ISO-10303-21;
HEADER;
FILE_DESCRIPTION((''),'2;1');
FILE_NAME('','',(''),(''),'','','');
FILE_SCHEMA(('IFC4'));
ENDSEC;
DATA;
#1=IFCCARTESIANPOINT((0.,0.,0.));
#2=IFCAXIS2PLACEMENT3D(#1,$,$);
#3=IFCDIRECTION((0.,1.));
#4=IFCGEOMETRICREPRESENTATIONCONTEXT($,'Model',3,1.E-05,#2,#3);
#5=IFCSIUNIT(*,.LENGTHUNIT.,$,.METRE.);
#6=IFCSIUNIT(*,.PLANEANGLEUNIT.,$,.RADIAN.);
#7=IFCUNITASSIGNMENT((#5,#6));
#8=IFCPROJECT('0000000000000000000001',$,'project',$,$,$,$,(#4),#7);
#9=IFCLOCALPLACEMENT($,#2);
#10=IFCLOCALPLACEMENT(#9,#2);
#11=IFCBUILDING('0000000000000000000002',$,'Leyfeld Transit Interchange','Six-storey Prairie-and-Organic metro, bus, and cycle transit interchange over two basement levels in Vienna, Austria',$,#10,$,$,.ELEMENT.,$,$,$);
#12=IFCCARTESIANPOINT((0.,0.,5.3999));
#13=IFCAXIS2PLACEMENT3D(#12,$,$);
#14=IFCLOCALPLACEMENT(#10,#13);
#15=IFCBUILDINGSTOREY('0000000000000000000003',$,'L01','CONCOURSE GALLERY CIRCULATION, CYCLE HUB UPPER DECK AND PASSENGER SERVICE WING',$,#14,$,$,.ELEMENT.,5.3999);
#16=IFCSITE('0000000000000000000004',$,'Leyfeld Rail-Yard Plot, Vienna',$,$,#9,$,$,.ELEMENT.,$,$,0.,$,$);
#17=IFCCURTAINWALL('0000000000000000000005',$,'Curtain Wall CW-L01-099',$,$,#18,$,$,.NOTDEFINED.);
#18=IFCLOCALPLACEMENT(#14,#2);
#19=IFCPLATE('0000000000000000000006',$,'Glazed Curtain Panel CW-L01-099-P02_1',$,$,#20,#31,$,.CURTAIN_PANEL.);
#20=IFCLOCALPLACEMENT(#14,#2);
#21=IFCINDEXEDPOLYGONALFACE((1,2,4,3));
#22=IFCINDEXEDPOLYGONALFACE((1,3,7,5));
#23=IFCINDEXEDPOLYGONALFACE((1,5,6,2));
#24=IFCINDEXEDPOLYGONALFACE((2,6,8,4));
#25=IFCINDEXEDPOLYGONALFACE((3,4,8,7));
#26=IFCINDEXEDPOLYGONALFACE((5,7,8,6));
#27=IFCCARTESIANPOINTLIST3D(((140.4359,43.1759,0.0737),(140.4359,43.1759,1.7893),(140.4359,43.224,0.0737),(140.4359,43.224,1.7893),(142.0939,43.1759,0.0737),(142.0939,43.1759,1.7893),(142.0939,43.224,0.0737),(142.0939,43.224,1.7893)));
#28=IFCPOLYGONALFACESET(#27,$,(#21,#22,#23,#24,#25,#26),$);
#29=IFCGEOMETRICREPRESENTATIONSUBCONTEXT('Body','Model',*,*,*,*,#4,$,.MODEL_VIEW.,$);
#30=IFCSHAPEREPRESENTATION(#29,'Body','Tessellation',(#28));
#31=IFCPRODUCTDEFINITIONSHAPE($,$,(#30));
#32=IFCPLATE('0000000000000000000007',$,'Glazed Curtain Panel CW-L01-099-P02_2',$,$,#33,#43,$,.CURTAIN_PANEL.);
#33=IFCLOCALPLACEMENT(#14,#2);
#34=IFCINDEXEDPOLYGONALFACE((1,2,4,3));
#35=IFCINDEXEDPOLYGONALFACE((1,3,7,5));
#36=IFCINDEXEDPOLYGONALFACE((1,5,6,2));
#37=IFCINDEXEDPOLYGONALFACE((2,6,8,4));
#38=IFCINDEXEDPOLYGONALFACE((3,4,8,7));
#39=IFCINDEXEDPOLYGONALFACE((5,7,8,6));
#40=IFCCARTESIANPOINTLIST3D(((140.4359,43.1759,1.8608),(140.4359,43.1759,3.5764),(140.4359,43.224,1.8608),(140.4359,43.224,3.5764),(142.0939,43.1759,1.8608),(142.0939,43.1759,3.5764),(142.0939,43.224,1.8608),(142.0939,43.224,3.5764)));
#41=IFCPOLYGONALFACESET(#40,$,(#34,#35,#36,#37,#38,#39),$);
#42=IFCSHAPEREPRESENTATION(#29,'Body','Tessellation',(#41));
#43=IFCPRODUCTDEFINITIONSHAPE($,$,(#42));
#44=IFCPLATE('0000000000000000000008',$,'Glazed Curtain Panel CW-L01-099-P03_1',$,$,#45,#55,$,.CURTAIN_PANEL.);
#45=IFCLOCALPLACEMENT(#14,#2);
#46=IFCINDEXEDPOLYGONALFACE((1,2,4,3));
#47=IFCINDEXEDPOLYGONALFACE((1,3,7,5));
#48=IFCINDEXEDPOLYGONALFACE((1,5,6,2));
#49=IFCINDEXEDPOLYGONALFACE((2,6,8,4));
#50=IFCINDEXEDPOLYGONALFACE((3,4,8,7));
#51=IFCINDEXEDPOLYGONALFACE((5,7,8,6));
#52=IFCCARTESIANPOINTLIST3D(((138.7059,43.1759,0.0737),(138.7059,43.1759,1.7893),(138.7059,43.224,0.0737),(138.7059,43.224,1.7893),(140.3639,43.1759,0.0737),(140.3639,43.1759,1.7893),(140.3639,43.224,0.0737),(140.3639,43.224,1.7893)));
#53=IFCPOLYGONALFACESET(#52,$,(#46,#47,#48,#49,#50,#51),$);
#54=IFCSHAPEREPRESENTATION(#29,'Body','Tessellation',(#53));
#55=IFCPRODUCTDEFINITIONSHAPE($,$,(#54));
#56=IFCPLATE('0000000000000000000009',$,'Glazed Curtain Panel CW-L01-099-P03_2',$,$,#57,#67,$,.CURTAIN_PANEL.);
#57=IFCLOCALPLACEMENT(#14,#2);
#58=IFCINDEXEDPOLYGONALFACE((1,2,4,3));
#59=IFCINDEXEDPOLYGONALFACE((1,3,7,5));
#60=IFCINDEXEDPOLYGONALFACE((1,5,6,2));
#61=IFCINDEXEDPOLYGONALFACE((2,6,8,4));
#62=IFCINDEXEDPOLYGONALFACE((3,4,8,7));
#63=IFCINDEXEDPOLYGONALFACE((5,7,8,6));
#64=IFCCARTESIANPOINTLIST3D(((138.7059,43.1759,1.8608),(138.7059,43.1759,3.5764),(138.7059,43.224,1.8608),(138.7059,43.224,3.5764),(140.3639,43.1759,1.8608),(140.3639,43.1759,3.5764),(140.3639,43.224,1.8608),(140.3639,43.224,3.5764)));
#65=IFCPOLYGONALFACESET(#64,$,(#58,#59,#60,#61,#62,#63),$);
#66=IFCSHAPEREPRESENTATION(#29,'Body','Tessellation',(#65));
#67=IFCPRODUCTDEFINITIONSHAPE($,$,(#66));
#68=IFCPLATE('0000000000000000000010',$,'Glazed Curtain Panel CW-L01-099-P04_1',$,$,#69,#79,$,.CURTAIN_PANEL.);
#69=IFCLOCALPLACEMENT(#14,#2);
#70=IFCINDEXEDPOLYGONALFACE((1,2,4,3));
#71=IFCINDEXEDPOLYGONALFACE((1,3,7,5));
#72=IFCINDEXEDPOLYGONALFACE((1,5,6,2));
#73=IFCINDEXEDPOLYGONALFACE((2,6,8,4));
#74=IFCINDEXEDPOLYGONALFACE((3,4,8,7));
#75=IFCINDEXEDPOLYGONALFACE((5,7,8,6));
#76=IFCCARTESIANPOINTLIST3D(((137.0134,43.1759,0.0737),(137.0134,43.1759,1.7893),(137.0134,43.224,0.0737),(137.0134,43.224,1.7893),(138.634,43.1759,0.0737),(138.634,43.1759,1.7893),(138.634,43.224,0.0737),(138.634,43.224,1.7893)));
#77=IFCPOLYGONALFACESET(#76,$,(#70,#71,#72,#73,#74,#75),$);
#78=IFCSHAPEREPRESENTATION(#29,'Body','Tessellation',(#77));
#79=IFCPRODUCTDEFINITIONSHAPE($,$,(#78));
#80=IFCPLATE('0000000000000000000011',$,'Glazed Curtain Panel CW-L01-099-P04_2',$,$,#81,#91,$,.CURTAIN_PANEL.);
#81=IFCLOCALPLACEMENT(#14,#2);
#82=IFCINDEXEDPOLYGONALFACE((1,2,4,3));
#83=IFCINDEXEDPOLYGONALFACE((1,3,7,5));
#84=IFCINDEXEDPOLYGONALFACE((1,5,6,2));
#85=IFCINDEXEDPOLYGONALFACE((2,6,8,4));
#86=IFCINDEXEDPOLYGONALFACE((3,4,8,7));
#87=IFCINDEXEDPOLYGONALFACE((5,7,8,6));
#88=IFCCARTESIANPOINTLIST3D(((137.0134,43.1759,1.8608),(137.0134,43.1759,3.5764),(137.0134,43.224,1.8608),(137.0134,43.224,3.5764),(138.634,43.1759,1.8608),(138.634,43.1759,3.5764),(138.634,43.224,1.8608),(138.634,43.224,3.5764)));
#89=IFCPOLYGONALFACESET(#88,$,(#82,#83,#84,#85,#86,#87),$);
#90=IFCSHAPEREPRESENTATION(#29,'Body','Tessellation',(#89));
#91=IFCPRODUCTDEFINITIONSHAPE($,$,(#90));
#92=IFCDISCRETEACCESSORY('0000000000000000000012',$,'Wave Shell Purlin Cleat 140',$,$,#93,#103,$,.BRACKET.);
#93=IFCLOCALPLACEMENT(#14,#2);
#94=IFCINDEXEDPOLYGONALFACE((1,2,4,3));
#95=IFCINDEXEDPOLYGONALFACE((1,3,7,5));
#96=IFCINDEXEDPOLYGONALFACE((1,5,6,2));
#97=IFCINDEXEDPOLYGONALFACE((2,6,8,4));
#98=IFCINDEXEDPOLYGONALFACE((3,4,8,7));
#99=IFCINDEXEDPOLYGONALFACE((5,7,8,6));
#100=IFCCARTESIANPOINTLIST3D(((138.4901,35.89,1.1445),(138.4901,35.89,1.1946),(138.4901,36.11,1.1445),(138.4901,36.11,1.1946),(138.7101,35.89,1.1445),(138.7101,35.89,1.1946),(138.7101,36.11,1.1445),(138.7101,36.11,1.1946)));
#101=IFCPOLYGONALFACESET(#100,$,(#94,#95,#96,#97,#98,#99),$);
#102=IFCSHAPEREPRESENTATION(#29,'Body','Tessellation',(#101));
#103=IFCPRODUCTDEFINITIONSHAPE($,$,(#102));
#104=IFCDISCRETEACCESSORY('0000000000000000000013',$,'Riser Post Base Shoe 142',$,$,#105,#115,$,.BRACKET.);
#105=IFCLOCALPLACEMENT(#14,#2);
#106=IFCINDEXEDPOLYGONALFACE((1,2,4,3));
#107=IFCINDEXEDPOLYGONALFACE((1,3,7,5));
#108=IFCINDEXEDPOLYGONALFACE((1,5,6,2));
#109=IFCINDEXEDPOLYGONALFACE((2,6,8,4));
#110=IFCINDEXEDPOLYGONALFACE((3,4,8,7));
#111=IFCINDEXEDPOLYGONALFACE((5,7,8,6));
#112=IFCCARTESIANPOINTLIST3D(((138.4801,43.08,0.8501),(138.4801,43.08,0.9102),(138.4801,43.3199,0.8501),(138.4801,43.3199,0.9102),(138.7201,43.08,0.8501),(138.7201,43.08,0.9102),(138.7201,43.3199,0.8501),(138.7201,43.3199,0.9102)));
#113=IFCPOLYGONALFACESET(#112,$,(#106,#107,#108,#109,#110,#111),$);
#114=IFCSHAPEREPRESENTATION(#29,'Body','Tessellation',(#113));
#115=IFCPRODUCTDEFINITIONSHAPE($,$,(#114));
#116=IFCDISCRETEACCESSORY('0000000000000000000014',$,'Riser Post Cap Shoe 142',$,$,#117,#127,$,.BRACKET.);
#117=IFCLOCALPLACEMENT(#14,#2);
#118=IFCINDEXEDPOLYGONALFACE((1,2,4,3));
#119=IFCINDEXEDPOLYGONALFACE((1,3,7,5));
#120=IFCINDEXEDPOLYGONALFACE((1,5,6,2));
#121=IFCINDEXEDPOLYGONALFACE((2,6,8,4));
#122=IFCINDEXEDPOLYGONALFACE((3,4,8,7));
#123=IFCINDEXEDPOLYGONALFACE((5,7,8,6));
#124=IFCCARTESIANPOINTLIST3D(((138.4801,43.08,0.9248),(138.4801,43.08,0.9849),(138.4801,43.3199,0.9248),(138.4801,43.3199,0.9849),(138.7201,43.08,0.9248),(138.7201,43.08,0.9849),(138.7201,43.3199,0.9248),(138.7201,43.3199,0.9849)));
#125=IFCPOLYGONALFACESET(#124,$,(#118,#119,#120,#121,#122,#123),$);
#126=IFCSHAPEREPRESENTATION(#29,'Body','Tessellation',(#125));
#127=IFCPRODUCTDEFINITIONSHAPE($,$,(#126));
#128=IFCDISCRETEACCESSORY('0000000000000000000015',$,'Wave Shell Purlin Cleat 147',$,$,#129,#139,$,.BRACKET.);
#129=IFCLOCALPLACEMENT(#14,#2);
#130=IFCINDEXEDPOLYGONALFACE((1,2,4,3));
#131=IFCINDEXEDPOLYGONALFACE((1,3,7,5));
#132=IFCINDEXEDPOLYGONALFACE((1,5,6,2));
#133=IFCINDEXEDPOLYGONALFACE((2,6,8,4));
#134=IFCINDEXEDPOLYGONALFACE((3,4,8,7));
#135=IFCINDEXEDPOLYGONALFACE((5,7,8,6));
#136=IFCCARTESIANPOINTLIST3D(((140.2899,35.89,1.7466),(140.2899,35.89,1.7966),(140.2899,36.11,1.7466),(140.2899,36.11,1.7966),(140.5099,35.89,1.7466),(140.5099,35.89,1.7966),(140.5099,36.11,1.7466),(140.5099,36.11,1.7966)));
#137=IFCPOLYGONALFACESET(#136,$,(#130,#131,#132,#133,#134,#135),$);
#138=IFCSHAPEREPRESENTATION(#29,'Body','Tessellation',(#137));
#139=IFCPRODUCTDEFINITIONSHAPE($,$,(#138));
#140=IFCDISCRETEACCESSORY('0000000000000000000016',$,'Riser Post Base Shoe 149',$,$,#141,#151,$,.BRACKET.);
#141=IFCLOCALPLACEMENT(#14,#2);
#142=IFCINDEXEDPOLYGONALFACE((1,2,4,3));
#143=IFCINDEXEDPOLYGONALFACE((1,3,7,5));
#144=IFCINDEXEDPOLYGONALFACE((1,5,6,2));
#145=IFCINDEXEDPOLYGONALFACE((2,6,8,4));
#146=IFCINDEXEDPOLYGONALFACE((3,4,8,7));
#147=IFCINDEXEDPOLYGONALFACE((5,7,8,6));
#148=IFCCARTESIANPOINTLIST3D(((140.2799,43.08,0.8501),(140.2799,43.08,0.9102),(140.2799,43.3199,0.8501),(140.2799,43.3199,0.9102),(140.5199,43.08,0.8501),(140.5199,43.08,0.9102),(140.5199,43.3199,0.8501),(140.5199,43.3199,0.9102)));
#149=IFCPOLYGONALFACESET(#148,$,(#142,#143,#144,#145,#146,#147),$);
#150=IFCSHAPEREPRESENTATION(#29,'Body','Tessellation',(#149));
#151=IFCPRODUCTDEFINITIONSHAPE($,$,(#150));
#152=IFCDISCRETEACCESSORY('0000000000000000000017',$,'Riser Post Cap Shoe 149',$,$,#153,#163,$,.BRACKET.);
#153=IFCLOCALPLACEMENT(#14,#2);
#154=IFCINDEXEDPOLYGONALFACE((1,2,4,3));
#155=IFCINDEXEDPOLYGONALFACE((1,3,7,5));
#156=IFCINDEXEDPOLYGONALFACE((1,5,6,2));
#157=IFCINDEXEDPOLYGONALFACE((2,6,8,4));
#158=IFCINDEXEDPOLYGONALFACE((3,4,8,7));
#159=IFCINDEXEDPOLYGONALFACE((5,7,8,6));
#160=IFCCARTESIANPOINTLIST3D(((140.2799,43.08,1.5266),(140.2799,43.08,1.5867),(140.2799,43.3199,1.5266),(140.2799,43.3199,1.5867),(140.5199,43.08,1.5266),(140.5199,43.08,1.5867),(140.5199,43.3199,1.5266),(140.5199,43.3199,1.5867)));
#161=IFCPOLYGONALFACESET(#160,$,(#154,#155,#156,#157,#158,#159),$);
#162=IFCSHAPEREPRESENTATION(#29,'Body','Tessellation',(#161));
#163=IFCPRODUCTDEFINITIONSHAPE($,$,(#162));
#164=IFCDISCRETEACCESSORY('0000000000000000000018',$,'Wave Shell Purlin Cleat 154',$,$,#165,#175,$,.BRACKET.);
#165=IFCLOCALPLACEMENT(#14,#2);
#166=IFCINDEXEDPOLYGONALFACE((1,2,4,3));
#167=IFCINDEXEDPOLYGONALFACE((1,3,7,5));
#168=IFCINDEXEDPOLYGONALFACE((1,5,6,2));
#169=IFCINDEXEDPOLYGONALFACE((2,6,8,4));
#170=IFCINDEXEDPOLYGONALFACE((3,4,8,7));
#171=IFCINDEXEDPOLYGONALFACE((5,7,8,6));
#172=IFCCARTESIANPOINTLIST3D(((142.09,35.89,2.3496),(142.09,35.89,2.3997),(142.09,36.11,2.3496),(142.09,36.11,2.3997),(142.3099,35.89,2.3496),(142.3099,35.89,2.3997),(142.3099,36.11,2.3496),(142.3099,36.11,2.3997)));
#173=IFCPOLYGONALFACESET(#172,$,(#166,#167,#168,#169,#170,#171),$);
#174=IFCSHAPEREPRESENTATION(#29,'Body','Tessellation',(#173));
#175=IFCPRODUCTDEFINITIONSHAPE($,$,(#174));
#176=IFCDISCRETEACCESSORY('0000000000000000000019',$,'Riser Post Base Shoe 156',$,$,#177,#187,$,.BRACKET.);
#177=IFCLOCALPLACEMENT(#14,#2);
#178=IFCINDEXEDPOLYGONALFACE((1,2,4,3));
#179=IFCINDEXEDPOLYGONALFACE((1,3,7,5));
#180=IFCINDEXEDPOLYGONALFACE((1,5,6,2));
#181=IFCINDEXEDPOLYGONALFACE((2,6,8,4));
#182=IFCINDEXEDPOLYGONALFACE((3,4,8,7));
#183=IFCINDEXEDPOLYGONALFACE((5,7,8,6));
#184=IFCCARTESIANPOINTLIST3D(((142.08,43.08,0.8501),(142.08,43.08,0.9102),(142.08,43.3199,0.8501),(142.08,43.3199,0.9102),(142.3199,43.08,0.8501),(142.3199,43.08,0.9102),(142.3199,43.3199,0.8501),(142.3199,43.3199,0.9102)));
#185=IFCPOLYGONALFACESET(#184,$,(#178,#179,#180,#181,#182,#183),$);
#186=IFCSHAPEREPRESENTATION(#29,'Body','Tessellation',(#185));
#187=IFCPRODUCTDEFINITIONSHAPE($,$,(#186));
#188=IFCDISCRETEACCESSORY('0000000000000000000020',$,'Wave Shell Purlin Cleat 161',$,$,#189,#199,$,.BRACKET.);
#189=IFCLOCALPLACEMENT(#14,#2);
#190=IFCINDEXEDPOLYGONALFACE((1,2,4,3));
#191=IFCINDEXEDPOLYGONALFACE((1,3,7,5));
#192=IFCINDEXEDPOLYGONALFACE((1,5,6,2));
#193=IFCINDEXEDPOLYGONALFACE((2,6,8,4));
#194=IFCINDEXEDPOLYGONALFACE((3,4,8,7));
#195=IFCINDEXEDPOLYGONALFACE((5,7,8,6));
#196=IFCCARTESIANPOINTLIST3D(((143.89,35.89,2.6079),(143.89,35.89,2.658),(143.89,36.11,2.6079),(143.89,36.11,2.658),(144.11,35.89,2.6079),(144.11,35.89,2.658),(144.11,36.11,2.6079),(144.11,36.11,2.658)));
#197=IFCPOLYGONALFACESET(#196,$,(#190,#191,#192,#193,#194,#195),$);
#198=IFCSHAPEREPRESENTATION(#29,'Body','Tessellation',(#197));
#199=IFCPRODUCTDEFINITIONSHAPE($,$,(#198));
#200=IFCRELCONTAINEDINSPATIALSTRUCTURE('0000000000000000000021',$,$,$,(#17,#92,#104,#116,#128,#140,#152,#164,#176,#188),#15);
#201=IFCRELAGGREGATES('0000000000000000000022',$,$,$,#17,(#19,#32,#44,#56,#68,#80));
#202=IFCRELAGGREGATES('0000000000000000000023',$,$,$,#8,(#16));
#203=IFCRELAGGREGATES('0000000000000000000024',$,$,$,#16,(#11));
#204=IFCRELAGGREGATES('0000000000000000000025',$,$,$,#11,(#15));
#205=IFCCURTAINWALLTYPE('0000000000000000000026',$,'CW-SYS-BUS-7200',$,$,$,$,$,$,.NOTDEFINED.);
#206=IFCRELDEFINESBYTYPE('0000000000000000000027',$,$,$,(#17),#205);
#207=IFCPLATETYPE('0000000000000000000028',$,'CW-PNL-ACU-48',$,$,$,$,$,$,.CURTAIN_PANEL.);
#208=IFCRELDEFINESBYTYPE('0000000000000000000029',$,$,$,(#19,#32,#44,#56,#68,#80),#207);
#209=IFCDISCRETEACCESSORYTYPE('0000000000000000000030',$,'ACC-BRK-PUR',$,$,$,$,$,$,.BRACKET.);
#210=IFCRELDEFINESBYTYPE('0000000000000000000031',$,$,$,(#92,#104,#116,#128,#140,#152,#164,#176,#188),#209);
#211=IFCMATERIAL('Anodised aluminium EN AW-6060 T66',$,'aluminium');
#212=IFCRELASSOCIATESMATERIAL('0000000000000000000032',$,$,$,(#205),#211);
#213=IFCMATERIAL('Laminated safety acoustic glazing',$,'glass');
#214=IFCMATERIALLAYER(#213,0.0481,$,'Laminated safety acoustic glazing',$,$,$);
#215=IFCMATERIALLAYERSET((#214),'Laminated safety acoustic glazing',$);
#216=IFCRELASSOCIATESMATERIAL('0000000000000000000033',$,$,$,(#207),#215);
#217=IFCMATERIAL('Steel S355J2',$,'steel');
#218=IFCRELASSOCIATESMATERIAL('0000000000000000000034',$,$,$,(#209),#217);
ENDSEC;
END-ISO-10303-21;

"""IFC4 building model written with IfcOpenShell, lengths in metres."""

from ifc_helpers import new_model, si_unit, direction, frame, origin, origin_2d, place, context, subcontext, project, spatial, rectangle, extrude, material, layer, layer_set, type_object, element, aggregate, save


model = new_model("IFC4")

# Units and contexts
model_context = context("Model", 3, precision=1e-05, world=origin(), true_north=direction((0.0, 1.0)))
body_context = subcontext(model_context, "Body", "Model", "MODEL_VIEW")
ifc_project = project(units=[si_unit("LENGTHUNIT", "METRE"), si_unit("PLANEANGLEUNIT", "RADIAN")], contexts=[model_context])

# Site, building, storey
site_placement = place(None, origin())
site = spatial("IfcSite", under=ifc_project, at=site_placement, Name="Leyfeld Rail-Yard Plot, Vienna", CompositionType="ELEMENT", RefElevation=0.0)
building_placement = place(site_placement, origin())
building = spatial("IfcBuilding", under=site, at=building_placement, Name="Leyfeld Transit Interchange", Description="Six-storey Prairie-and-Organic metro, bus, and cycle transit interchange over two basement levels in Vienna, Austria", CompositionType="ELEMENT")
storey_placement = place(building_placement, frame((0.0, 0.0, 5.3999)))
storey = spatial("IfcBuildingStorey", under=building, at=storey_placement, Name="L01", Description="CONCOURSE GALLERY CIRCULATION, CYCLE HUB UPPER DECK AND PASSENGER SERVICE WING", CompositionType="ELEMENT", Elevation=5.3999)

# Curtain wall
ifc_material_1 = material(Name="Anodised aluminium EN AW-6060 T66", Category="aluminium")
curtain_wall_type = type_object("IfcCurtainWallType", Name="CW-SYS-BUS-7200", PredefinedType="NOTDEFINED", material=ifc_material_1)
curtain_wall_placement = place(storey_placement, origin())
curtain_wall = element("IfcCurtainWall", 1, at=curtain_wall_placement, inside=storey, type_object=curtain_wall_type, Name="Curtain Wall CW-L01-099", PredefinedType="NOTDEFINED")

# Shared definitions
ifc_material_2 = material(Name="Steel S355J2", Category="steel")

# Plates
ifc_material_3 = material(Name="Laminated safety acoustic glazing", Category="glass")
ifc_layer = layer(ifc_material_3, 0.0481, Name="Laminated safety acoustic glazing")
ifc_layer_set = layer_set([ifc_layer], Name="Laminated safety acoustic glazing")
plate_type = type_object("IfcPlateType", Name="CW-PNL-ACU-48", PredefinedType="CURTAIN_PANEL", material=ifc_layer_set)
plate_1_placement = place(storey_placement, frame((141.2649, 43.2, 0.0737), z_axis=(0.0, 0.0, 1.0), x_axis=(-1.0, 0.0, 0.0)))
plate_1 = element("IfcPlate", 2, at=plate_1_placement, type_object=plate_type, Name="Glazed Curtain Panel CW-L01-099-P02_1", PredefinedType="CURTAIN_PANEL", context=body_context, shape_type="SweptSolid", body=[
    extrude(rectangle(XDim=1.658, YDim=0.0481, at=origin_2d()), origin(), (0.0, 0.0, 1.0), 1.7156),
])
plate_2_placement = place(storey_placement, frame((141.2649, 43.2, 1.8608), z_axis=(0.0, 0.0, 1.0), x_axis=(-1.0, 0.0, 0.0)))
plate_2 = element("IfcPlate", 3, at=plate_2_placement, type_object=plate_type, Name="Glazed Curtain Panel CW-L01-099-P02_2", PredefinedType="CURTAIN_PANEL", context=body_context, shape_type="SweptSolid", body=[
    extrude(rectangle(XDim=1.658, YDim=0.0481, at=origin_2d()), origin(), (0.0, 0.0, 1.0), 1.7156),
])
plate_3_placement = place(storey_placement, frame((139.5349, 43.2, 0.0737), z_axis=(0.0, 0.0, 1.0), x_axis=(-1.0, 0.0, 0.0)))
plate_3 = element("IfcPlate", 4, at=plate_3_placement, type_object=plate_type, Name="Glazed Curtain Panel CW-L01-099-P03_1", PredefinedType="CURTAIN_PANEL", context=body_context, shape_type="SweptSolid", body=[
    extrude(rectangle(XDim=1.658, YDim=0.0481, at=origin_2d()), origin(), (0.0, 0.0, 1.0), 1.7156),
])
plate_4_placement = place(storey_placement, frame((139.5349, 43.2, 1.8608), z_axis=(0.0, 0.0, 1.0), x_axis=(-1.0, 0.0, 0.0)))
plate_4 = element("IfcPlate", 5, at=plate_4_placement, type_object=plate_type, Name="Glazed Curtain Panel CW-L01-099-P03_2", PredefinedType="CURTAIN_PANEL", context=body_context, shape_type="SweptSolid", body=[
    extrude(rectangle(XDim=1.658, YDim=0.0481, at=origin_2d()), origin(), (0.0, 0.0, 1.0), 1.7156),
])
plate_5_placement = place(storey_placement, frame((137.8237, 43.2, 0.0737), z_axis=(0.0, 0.0, 1.0), x_axis=(-1.0, 0.0, 0.0)))
plate_5 = element("IfcPlate", 6, at=plate_5_placement, type_object=plate_type, Name="Glazed Curtain Panel CW-L01-099-P04_1", PredefinedType="CURTAIN_PANEL", context=body_context, shape_type="SweptSolid", body=[
    extrude(rectangle(XDim=1.6206, YDim=0.0481, at=origin_2d()), origin(), (0.0, 0.0, 1.0), 1.7156),
])
plate_6_placement = place(storey_placement, frame((137.8237, 43.2, 1.8608), z_axis=(0.0, 0.0, 1.0), x_axis=(-1.0, 0.0, 0.0)))
plate_6 = element("IfcPlate", 7, at=plate_6_placement, type_object=plate_type, Name="Glazed Curtain Panel CW-L01-099-P04_2", PredefinedType="CURTAIN_PANEL", context=body_context, shape_type="SweptSolid", body=[
    extrude(rectangle(XDim=1.6206, YDim=0.0481, at=origin_2d()), origin(), (0.0, 0.0, 1.0), 1.7156),
])
aggregate(curtain_wall, [plate_1, plate_2, plate_3, plate_4, plate_5, plate_6])

# Discrete accessories
discrete_accessory_type = type_object("IfcDiscreteAccessoryType", Name="ACC-BRK-PUR", PredefinedType="BRACKET", material=ifc_material_2)
discrete_accessory_1_placement = place(storey_placement, frame((138.6001, 36.0, 1.1445), z_axis=(0.0, 0.0, 1.0), x_axis=(1.0, 0.0, 0.0)))
element("IfcDiscreteAccessory", 8, at=discrete_accessory_1_placement, inside=storey, type_object=discrete_accessory_type, Name="Wave Shell Purlin Cleat 140", PredefinedType="BRACKET", context=body_context, shape_type="SweptSolid", body=[
    extrude(rectangle(XDim=0.22, YDim=0.22, at=origin_2d()), origin(), (0.0, 0.0, 1.0), 0.05),
])
for number, where, z_axis, x_axis, name in (
    (9, (138.6001, 43.2, 0.8501), (0.0, 0.0, 1.0), (1.0, 0.0, 0.0), "Riser Post Base Shoe 142"),
    (10, (138.6001, 43.2, 0.9248), (0.0, 0.0, 1.0), (1.0, 0.0, 0.0), "Riser Post Cap Shoe 142"),
):
    element("IfcDiscreteAccessory", number, at=place(storey_placement, frame(where, z_axis=z_axis, x_axis=x_axis)), inside=storey, type_object=discrete_accessory_type, Name=name, PredefinedType="BRACKET", context=body_context, shape_type="SweptSolid", body=[
        extrude(rectangle(XDim=0.24, YDim=0.24, at=origin_2d()), origin(), (0.0, 0.0, 1.0), 0.0601),
    ])
discrete_accessory_2_placement = place(storey_placement, frame((140.3999, 36.0, 1.7466), z_axis=(0.0, 0.0, 1.0), x_axis=(1.0, 0.0, 0.0)))
element("IfcDiscreteAccessory", 11, at=discrete_accessory_2_placement, inside=storey, type_object=discrete_accessory_type, Name="Wave Shell Purlin Cleat 147", PredefinedType="BRACKET", context=body_context, shape_type="SweptSolid", body=[
    extrude(rectangle(XDim=0.22, YDim=0.22, at=origin_2d()), origin(), (0.0, 0.0, 1.0), 0.05),
])
for number, where, z_axis, x_axis, name in (
    (12, (140.3999, 43.2, 0.8501), (0.0, 0.0, 1.0), (1.0, 0.0, 0.0), "Riser Post Base Shoe 149"),
    (13, (140.3999, 43.2, 1.5266), (0.0, 0.0, 1.0), (1.0, 0.0, 0.0), "Riser Post Cap Shoe 149"),
):
    element("IfcDiscreteAccessory", number, at=place(storey_placement, frame(where, z_axis=z_axis, x_axis=x_axis)), inside=storey, type_object=discrete_accessory_type, Name=name, PredefinedType="BRACKET", context=body_context, shape_type="SweptSolid", body=[
        extrude(rectangle(XDim=0.24, YDim=0.24, at=origin_2d()), origin(), (0.0, 0.0, 1.0), 0.0601),
    ])
discrete_accessory_3_placement = place(storey_placement, frame((142.2, 36.0, 2.3496), z_axis=(0.0, 0.0, 1.0), x_axis=(1.0, 0.0, 0.0)))
element("IfcDiscreteAccessory", 14, at=discrete_accessory_3_placement, inside=storey, type_object=discrete_accessory_type, Name="Wave Shell Purlin Cleat 154", PredefinedType="BRACKET", context=body_context, shape_type="SweptSolid", body=[
    extrude(rectangle(XDim=0.22, YDim=0.22, at=origin_2d()), origin(), (0.0, 0.0, 1.0), 0.05),
])
discrete_accessory_4_placement = place(storey_placement, frame((142.2, 43.2, 0.8501), z_axis=(0.0, 0.0, 1.0), x_axis=(1.0, 0.0, 0.0)))
element("IfcDiscreteAccessory", 15, at=discrete_accessory_4_placement, inside=storey, type_object=discrete_accessory_type, Name="Riser Post Base Shoe 156", PredefinedType="BRACKET", context=body_context, shape_type="SweptSolid", body=[
    extrude(rectangle(XDim=0.24, YDim=0.24, at=origin_2d()), origin(), (0.0, 0.0, 1.0), 0.0601),
])
discrete_accessory_5_placement = place(storey_placement, frame((144.0, 36.0, 2.6079), z_axis=(0.0, 0.0, 1.0), x_axis=(1.0, 0.0, 0.0)))
element("IfcDiscreteAccessory", 16, at=discrete_accessory_5_placement, inside=storey, type_object=discrete_accessory_type, Name="Wave Shell Purlin Cleat 161", PredefinedType="BRACKET", context=body_context, shape_type="SweptSolid", body=[
    extrude(rectangle(XDim=0.22, YDim=0.22, at=origin_2d()), origin(), (0.0, 0.0, 1.0), 0.05),
])

save(model, "model.ifc")
